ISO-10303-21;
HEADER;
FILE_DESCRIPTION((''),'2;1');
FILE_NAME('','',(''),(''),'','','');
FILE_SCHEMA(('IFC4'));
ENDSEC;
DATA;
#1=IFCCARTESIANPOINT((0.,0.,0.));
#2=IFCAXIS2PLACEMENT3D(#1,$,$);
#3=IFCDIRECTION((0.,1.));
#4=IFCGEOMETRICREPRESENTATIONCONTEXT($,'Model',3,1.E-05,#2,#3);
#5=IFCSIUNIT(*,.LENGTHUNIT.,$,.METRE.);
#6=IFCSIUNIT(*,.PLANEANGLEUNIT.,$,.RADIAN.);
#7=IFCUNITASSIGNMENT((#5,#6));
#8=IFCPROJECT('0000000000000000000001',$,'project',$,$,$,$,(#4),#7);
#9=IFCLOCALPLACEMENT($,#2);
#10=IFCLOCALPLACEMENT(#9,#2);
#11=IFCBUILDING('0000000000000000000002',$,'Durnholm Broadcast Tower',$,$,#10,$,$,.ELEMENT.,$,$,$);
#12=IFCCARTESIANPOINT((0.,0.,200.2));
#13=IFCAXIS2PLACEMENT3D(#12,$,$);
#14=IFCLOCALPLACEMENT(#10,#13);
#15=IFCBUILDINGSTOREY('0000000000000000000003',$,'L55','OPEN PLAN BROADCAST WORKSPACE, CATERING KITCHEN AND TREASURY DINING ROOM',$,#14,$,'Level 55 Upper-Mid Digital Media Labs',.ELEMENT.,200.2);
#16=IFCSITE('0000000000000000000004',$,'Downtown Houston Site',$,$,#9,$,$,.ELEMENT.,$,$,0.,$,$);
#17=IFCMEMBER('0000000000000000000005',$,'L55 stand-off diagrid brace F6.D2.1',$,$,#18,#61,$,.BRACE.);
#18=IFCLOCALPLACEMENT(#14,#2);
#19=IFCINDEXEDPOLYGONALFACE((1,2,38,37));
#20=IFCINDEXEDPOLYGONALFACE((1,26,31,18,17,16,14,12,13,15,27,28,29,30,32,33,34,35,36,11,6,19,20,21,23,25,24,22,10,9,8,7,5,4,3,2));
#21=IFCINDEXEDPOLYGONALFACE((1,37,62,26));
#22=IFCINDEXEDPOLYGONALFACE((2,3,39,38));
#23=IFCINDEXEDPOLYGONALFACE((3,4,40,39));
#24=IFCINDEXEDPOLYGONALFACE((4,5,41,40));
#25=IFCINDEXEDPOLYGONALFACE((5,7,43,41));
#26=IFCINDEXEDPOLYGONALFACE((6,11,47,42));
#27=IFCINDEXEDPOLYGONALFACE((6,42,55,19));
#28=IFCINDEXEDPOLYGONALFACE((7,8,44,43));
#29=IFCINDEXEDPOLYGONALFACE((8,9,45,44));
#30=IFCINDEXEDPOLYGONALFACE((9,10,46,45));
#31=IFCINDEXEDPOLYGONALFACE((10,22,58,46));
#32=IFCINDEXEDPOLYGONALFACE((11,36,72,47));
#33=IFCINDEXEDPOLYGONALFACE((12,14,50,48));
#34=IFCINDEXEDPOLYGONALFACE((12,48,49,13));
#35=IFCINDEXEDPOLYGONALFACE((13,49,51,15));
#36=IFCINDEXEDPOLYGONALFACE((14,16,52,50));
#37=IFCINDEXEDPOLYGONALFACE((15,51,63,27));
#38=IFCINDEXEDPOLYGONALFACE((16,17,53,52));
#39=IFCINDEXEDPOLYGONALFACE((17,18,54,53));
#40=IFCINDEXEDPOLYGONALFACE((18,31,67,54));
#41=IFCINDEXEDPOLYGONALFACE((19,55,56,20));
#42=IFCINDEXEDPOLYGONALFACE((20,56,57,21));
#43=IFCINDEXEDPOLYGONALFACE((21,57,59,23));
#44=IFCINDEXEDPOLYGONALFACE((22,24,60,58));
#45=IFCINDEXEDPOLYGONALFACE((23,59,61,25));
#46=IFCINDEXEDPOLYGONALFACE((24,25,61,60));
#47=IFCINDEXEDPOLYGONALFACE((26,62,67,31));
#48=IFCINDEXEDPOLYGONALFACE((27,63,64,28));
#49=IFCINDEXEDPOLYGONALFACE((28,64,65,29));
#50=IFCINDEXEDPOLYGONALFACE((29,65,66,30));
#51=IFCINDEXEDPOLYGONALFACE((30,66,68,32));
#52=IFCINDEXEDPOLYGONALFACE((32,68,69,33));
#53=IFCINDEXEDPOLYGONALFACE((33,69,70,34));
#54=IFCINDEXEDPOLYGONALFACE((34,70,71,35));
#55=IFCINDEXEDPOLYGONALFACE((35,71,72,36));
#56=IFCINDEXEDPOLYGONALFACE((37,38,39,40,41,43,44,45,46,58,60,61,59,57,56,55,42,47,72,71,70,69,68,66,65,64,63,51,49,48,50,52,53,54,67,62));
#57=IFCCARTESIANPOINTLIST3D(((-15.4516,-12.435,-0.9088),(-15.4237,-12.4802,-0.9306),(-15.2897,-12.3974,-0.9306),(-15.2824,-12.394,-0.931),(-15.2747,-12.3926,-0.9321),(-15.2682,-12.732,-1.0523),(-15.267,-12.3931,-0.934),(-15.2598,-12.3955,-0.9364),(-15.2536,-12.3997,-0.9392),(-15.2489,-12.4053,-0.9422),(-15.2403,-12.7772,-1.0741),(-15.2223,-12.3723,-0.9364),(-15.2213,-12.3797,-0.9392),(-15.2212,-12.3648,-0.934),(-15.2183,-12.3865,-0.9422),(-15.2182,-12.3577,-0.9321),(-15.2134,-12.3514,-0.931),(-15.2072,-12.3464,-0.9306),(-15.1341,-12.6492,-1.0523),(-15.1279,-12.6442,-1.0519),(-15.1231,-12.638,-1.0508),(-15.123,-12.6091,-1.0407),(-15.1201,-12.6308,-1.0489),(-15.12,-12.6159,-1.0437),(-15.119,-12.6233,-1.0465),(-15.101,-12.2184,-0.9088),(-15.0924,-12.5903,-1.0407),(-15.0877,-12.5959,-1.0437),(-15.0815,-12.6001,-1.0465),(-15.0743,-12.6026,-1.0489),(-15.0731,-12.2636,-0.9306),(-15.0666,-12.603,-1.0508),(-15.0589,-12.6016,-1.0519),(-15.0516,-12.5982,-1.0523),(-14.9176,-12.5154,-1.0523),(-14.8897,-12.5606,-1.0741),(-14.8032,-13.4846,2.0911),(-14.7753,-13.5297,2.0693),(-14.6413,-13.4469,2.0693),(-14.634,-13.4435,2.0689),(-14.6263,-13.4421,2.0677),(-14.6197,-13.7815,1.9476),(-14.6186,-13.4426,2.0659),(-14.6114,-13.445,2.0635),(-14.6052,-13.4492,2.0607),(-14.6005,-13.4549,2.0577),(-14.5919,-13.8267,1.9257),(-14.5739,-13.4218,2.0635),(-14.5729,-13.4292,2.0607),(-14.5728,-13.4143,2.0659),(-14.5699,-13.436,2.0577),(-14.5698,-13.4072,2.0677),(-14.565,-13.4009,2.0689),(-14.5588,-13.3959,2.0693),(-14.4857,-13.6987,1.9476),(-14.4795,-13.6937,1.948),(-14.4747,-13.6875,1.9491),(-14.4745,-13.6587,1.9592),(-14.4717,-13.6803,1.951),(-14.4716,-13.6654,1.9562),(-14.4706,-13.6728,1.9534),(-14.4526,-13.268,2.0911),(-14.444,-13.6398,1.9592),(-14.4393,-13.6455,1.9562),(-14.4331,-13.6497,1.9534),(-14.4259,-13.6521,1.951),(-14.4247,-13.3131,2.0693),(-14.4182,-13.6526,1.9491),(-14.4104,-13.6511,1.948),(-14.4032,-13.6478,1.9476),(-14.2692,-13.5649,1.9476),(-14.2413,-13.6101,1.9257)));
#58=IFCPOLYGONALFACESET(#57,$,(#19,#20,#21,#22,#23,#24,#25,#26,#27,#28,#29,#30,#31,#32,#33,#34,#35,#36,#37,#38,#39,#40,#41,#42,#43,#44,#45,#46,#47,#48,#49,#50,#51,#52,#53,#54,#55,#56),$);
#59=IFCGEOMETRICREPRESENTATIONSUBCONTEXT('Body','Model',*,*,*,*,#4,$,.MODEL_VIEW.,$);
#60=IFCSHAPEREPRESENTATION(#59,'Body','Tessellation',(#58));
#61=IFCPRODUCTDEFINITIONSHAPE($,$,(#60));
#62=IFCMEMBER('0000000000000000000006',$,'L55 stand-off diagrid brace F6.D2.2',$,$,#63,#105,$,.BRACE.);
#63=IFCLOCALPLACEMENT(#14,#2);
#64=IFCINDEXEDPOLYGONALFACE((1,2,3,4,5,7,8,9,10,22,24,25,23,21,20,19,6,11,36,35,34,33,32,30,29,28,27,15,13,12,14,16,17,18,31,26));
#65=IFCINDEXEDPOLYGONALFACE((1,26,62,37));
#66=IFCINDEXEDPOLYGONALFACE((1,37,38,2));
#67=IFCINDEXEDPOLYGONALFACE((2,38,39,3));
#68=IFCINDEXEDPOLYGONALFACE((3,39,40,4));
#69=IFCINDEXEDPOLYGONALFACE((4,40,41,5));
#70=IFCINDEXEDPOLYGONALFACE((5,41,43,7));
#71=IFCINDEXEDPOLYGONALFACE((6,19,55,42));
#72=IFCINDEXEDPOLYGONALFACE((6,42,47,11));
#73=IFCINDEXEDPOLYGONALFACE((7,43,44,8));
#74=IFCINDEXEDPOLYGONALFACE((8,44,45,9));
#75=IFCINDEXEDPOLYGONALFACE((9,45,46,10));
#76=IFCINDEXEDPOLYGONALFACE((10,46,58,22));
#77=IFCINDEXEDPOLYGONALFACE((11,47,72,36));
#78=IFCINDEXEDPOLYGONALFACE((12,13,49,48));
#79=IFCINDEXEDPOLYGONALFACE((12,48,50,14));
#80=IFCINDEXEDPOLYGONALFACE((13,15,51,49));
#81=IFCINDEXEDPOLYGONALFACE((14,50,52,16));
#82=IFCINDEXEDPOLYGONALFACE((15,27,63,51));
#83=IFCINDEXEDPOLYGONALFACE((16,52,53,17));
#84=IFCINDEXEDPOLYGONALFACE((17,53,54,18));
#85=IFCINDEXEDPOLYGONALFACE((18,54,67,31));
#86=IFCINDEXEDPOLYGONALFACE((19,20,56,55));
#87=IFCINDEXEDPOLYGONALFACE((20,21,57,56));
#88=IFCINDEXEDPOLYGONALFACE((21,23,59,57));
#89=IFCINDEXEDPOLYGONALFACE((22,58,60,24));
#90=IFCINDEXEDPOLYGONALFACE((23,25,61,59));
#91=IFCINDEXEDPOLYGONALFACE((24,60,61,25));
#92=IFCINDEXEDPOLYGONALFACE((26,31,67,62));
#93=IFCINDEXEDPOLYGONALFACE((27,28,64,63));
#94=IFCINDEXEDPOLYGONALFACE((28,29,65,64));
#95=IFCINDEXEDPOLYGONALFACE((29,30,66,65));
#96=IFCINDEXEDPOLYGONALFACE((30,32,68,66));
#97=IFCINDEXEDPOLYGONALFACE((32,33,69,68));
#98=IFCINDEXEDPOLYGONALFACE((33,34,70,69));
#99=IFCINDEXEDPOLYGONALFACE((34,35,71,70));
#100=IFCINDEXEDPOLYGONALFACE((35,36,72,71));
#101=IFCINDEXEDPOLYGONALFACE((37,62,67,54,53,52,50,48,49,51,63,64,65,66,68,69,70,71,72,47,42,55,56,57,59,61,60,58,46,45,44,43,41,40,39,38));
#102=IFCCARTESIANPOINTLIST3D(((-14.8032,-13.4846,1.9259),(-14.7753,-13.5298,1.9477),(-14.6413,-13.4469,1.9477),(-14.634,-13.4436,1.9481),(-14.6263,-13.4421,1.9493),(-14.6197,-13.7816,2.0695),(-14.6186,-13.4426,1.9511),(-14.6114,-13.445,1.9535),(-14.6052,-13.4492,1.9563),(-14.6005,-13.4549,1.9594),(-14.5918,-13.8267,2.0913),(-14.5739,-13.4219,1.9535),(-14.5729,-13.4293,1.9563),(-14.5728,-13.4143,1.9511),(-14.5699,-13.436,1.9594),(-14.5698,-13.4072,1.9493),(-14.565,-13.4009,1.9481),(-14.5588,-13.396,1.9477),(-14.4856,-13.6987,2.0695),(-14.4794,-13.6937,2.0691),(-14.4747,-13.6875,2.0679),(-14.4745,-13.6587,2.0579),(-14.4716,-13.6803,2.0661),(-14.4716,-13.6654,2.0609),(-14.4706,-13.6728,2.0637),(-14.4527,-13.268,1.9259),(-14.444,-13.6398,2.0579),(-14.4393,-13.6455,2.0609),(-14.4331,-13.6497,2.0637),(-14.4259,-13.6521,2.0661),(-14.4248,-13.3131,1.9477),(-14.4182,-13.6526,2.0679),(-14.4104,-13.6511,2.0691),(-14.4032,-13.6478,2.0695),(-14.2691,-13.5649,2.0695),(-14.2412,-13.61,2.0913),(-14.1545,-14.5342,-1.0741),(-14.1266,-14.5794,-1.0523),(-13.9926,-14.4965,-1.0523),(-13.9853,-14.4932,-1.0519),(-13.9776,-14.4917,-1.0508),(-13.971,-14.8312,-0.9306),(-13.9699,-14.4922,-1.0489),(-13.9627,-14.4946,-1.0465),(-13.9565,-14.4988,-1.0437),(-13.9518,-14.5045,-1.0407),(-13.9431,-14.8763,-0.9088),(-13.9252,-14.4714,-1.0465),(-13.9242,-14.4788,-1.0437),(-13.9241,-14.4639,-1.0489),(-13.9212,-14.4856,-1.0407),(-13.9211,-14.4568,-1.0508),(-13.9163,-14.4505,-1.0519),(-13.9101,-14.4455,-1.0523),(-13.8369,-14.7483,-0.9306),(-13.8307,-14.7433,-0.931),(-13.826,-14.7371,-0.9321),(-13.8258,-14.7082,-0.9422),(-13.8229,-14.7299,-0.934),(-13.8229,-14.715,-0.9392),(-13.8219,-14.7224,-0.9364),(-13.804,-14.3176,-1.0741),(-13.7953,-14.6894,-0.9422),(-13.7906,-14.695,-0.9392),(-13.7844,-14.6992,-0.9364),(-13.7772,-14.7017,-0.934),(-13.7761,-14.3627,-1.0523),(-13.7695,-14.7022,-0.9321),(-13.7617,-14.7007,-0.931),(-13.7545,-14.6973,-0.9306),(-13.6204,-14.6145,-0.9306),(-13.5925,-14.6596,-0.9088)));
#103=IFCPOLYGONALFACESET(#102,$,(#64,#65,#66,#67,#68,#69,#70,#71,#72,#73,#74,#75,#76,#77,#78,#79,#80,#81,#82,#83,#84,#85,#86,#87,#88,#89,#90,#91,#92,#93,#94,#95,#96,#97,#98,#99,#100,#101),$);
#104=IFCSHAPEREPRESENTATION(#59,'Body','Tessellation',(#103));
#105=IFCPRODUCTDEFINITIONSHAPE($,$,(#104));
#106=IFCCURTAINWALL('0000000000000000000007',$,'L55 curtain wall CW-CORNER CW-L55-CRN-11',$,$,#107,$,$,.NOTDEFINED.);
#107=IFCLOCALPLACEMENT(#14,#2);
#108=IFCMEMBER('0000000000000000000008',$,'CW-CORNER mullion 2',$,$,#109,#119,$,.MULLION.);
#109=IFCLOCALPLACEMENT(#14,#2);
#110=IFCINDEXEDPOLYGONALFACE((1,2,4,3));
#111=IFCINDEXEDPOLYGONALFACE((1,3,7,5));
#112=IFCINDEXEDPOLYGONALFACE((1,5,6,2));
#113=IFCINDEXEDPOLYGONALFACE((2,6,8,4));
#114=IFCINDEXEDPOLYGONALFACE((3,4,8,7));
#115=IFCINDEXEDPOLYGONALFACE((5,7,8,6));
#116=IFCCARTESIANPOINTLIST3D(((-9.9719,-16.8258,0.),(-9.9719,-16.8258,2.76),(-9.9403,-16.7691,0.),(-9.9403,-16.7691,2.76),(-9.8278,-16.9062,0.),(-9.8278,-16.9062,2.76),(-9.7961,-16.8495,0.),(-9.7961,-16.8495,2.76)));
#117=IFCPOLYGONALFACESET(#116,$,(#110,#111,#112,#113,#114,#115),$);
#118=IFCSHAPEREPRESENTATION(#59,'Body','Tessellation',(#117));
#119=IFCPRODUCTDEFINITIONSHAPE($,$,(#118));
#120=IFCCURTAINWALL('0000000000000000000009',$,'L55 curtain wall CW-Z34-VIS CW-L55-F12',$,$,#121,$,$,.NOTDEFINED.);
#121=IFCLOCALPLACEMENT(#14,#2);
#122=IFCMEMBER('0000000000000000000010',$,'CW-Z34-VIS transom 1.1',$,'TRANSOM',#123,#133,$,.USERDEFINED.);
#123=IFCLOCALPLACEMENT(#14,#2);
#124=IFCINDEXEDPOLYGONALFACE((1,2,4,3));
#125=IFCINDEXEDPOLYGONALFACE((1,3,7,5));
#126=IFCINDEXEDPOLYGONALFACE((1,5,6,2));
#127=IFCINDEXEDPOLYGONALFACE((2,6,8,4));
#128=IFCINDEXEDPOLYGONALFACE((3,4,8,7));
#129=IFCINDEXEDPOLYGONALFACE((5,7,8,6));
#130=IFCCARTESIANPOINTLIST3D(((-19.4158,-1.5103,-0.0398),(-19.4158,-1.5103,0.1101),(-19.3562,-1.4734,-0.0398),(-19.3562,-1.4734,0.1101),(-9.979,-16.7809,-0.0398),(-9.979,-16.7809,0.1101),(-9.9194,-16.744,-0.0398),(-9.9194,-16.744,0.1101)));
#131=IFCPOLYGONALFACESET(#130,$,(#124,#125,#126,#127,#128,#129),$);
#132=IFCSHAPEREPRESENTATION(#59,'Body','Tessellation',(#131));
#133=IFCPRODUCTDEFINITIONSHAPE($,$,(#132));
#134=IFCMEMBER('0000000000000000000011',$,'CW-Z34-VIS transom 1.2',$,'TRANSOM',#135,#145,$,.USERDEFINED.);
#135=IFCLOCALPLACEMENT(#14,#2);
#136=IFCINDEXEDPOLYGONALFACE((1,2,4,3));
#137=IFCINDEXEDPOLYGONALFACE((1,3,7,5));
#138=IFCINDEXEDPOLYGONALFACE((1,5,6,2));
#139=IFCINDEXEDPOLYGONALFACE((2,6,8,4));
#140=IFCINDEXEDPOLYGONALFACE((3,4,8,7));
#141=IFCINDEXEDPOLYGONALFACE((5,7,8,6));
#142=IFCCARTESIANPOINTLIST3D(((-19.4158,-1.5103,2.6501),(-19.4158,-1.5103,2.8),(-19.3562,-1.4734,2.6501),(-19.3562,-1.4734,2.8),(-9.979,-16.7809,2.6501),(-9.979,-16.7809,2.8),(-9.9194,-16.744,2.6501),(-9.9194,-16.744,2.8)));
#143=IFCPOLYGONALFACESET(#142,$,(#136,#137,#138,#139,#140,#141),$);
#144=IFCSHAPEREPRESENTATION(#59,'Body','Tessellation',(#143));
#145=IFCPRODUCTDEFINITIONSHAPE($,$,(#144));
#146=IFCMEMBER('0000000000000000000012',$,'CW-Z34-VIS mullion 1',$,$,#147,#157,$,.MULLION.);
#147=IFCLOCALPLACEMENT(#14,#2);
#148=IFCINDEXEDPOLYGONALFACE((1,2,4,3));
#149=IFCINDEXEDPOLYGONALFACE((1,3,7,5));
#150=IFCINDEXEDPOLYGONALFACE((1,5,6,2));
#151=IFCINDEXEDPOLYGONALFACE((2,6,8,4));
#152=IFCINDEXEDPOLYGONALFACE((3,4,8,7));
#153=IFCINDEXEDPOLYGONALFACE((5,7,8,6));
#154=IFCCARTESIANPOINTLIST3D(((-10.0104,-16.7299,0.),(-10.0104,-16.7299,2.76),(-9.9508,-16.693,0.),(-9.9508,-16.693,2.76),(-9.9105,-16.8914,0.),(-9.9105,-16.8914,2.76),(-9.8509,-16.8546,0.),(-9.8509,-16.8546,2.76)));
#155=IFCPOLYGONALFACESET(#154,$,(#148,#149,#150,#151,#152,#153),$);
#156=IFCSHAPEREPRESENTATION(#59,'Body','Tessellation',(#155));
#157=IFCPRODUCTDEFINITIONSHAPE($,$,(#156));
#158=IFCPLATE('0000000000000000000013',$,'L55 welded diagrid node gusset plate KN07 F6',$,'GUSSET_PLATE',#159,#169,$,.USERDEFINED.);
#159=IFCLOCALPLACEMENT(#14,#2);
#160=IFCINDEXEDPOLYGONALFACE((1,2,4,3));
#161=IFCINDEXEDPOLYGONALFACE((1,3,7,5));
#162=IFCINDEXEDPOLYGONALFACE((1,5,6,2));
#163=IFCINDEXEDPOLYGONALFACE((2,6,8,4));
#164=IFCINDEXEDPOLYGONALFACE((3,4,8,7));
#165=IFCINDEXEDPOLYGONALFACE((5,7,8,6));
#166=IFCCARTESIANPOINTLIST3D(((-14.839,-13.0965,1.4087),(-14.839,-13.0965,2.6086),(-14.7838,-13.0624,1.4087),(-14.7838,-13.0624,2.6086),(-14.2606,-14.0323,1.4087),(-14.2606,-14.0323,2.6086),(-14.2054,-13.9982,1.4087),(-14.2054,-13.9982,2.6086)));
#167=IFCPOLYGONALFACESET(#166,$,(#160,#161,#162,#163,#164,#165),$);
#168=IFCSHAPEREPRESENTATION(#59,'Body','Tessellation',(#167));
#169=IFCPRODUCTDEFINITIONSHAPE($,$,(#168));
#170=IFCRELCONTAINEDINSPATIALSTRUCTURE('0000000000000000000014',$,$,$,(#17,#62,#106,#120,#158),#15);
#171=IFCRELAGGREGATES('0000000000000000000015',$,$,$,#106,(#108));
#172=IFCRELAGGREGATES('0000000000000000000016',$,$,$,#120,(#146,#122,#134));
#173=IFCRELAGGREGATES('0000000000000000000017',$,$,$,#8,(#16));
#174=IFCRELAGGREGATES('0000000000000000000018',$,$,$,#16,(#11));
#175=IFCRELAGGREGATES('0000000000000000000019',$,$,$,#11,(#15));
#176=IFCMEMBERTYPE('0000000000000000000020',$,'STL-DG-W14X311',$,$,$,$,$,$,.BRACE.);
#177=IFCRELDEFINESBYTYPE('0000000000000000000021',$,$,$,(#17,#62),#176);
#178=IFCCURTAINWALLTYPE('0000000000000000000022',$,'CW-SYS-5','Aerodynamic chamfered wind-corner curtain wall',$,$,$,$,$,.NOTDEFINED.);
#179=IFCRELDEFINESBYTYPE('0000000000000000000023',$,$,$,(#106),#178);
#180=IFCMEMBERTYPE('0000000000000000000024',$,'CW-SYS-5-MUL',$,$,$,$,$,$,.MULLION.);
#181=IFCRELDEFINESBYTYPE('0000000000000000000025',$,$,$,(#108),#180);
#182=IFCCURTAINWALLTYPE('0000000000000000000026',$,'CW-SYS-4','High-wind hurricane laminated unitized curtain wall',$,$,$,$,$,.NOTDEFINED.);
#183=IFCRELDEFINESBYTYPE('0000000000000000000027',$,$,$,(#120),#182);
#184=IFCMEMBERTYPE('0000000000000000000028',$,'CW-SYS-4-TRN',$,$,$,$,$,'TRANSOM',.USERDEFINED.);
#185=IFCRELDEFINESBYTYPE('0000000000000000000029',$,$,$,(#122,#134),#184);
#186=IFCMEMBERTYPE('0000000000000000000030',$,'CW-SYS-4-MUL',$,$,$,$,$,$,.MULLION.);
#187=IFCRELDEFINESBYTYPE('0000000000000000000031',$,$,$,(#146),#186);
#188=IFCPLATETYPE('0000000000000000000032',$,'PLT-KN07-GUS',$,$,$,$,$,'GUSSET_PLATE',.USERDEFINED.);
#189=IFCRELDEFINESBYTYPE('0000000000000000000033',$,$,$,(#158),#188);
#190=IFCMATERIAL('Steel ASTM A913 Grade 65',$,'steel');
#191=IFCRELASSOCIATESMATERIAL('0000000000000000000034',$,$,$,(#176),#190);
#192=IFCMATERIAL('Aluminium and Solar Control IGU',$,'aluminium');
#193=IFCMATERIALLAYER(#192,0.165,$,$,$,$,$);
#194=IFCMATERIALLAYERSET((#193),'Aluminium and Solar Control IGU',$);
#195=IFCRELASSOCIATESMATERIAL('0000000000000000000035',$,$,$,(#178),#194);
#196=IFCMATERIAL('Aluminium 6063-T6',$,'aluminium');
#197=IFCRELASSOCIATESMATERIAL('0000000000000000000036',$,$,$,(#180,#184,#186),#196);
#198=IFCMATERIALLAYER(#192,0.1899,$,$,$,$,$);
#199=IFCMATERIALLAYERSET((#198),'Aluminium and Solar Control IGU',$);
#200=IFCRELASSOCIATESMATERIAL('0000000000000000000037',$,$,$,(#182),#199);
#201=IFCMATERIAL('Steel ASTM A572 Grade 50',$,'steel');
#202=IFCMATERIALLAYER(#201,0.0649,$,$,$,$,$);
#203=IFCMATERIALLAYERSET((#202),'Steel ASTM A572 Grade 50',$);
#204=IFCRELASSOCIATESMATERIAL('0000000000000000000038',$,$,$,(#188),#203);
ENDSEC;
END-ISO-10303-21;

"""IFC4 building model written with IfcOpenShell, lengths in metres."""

from ifc_helpers import new_model, si_unit, direction, frame, origin, origin_2d, place, context, subcontext, project, spatial, rectangle, i_section, extrude, source, transform, mapped, material, layer, layer_set, material_profile, profile_set, type_object, type_shapes, element, aggregate, save


model = new_model("IFC4")

# Units and contexts
model_context = context("Model", 3, precision=1e-05, world=origin(), true_north=direction((0.0, 1.0)))
body_context = subcontext(model_context, "Body", "Model", "MODEL_VIEW")
ifc_project = project(units=[si_unit("LENGTHUNIT", "METRE"), si_unit("PLANEANGLEUNIT", "RADIAN")], contexts=[model_context])

# Site, building, storey
site_placement = place(None, origin())
site = spatial("IfcSite", under=ifc_project, at=site_placement, Name="Downtown Houston Site", CompositionType="ELEMENT", RefElevation=0.0)
building_placement = place(site_placement, origin())
building = spatial("IfcBuilding", under=site, at=building_placement, Name="Durnholm Broadcast Tower", CompositionType="ELEMENT")
storey_placement = place(building_placement, frame((0.0, 0.0, 200.2)))
storey = spatial("IfcBuildingStorey", under=building, at=storey_placement, Name="L55", Description="OPEN PLAN BROADCAST WORKSPACE, CATERING KITCHEN AND TREASURY DINING ROOM", LongName="Level 55 Upper-Mid Digital Media Labs", CompositionType="ELEMENT", Elevation=200.2)

# Members
ifc_material_1 = material(Name="Steel ASTM A913 Grade 65", Category="steel")
ifc_material_profile_1 = material_profile(ifc_material_1, i_section(OverallWidth=0.4121, OverallDepth=0.4348, WebThickness=0.0359, FlangeThickness=0.0574, FilletRadius=0.0305, at=origin_2d()), Name="W14X311")
ifc_profile_set_1 = profile_set([ifc_material_profile_1], Name="Steel ASTM A913 Grade 65")
member_type_1 = type_object("IfcMemberType", Name="STL-DG-W14X311", PredefinedType="BRACE", material=ifc_profile_set_1)
shared_shape_1 = source(origin(), body_context, "Body", "SweptSolid", [
    extrude(i_section(OverallWidth=0.4121, OverallDepth=0.4348, WebThickness=0.0359, FlangeThickness=0.0574, FilletRadius=0.0305, at=origin_2d()), origin(), (0.0, 0.0, 1.0), 3.2437),
])
member_1_placement = place(storey_placement, frame((-15.1707, -12.4978, -0.9915), z_axis=(0.199902, -0.323562, 0.92485), x_axis=(0.850733, 0.525598, 0.0)))
element("IfcMember", 1, at=member_1_placement, inside=storey, type_object=member_type_1, Name="L55 stand-off diagrid brace F6.D2.1", PredefinedType="BRACE", context=body_context, shape_type="MappedRepresentation", body=[
    mapped(shared_shape_1, transform((0.0, 0.0, 0.0), x_axis=(1.0, 0.0, 0.0), y_axis=(0.0, 1.0, 0.0), z_axis=(0.0, 0.0, 1.0), scale=1.0)),
])
shared_shape_2 = source(origin(), body_context, "Body", "SweptSolid", [
    extrude(i_section(OverallWidth=0.4121, OverallDepth=0.4348, WebThickness=0.0359, FlangeThickness=0.0574, FilletRadius=0.0305, at=origin_2d()), origin(), (0.0, 0.0, 1.0), 3.2439),
])
type_shapes(member_type_1, [shared_shape_1, shared_shape_2])
member_2_placement = place(storey_placement, frame((-13.8735, -14.5969, -0.9915), z_axis=(-0.199975, 0.323557, 0.924836), x_axis=(-0.850644, -0.525741, 0.0)))
element("IfcMember", 2, at=member_2_placement, inside=storey, type_object=member_type_1, Name="L55 stand-off diagrid brace F6.D2.2", PredefinedType="BRACE", context=body_context, shape_type="MappedRepresentation", body=[
    mapped(shared_shape_2, transform((0.0, 0.0, 0.0), x_axis=(1.0, 0.0, 0.0), y_axis=(0.0, 1.0, 0.0), z_axis=(0.0, 0.0, 1.0), scale=1.0)),
])

# Curtain wall, member
ifc_material_2 = material(Name="Aluminium and Solar Control IGU", Category="aluminium")
ifc_layer_1 = layer(ifc_material_2, 0.165)
ifc_layer_set_1 = layer_set([ifc_layer_1], Name="Aluminium and Solar Control IGU")
curtain_wall_type_1 = type_object("IfcCurtainWallType", Name="CW-SYS-5", Description="Aerodynamic chamfered wind-corner curtain wall", PredefinedType="NOTDEFINED", material=ifc_layer_set_1)
curtain_wall_1_placement = place(storey_placement, origin())
curtain_wall_1 = element("IfcCurtainWall", 3, at=curtain_wall_1_placement, inside=storey, type_object=curtain_wall_type_1, Name="L55 curtain wall CW-CORNER CW-L55-CRN-11", PredefinedType="NOTDEFINED")
ifc_material_3 = material(Name="Aluminium 6063-T6", Category="aluminium")
ifc_material_profile_2 = material_profile(ifc_material_3, rectangle(XDim=0.0649, YDim=0.165, at=origin_2d()), Name="CWM65X165")
ifc_profile_set_2 = profile_set([ifc_material_profile_2], Name="Aluminium 6063-T6")
member_type_2 = type_object("IfcMemberType", Name="CW-SYS-5-MUL", PredefinedType="MULLION", material=ifc_profile_set_2)
shared_shape_3 = source(origin(), body_context, "Body", "SweptSolid", [
    extrude(rectangle(XDim=0.0649, YDim=0.165, at=origin_2d()), origin(), (0.0, 0.0, 1.0), 2.76),
])
type_shapes(member_type_2, [shared_shape_3])
member_3_placement = place(storey_placement, frame((-9.884, -16.8376, 0.0), z_axis=(0.0, 0.0, 1.0), x_axis=(-0.486986, -0.87341, 0.0)))
member_3 = element("IfcMember", 4, at=member_3_placement, type_object=member_type_2, Name="CW-CORNER mullion 2", PredefinedType="MULLION", context=body_context, shape_type="MappedRepresentation", body=[
    mapped(shared_shape_3, transform((0.0, 0.0, 0.0), x_axis=(1.0, 0.0, 0.0), y_axis=(0.0, 1.0, 0.0), z_axis=(0.0, 0.0, 1.0), scale=1.0)),
])
aggregate(curtain_wall_1, [member_3])

# Curtain wall, members
ifc_layer_2 = layer(ifc_material_2, 0.1899)
ifc_layer_set_2 = layer_set([ifc_layer_2], Name="Aluminium and Solar Control IGU")
curtain_wall_type_2 = type_object("IfcCurtainWallType", Name="CW-SYS-4", Description="High-wind hurricane laminated unitized curtain wall", PredefinedType="NOTDEFINED", material=ifc_layer_set_2)
curtain_wall_2_placement = place(storey_placement, origin())
curtain_wall_2 = element("IfcCurtainWall", 5, at=curtain_wall_2_placement, inside=storey, type_object=curtain_wall_type_2, Name="L55 curtain wall CW-Z34-VIS CW-L55-F12", PredefinedType="NOTDEFINED")
ifc_material_profile_3 = material_profile(ifc_material_3, rectangle(XDim=0.0701, YDim=0.1499, at=origin_2d()), Name="CWT70X150")
ifc_profile_set_3 = profile_set([ifc_material_profile_3], Name="Aluminium 6063-T6")
member_type_3 = type_object("IfcMemberType", Name="CW-SYS-4-TRN", ElementType="TRANSOM", PredefinedType="USERDEFINED", material=ifc_profile_set_3)
shared_shape_4 = source(origin(), body_context, "Body", "SweptSolid", [
    extrude(rectangle(XDim=0.0701, YDim=0.1499, at=origin_2d()), origin(), (0.0, 0.0, 1.0), 17.9512),
])
type_shapes(member_type_3, [shared_shape_4])
member_4_placement = place(storey_placement, frame((-9.9492, -16.7625, 0.0352), z_axis=(-0.525694, 0.850674, 0.0), x_axis=(-0.850674, -0.525694, 0.0)))
member_4 = element("IfcMember", 6, at=member_4_placement, type_object=member_type_3, Name="CW-Z34-VIS transom 1.1", ObjectType="TRANSOM", PredefinedType="USERDEFINED", context=body_context, shape_type="MappedRepresentation", body=[
    mapped(shared_shape_4, transform((0.0, 0.0, 0.0), x_axis=(1.0, 0.0, 0.0), y_axis=(0.0, 1.0, 0.0), z_axis=(0.0, 0.0, 1.0), scale=1.0)),
])
member_5_placement = place(storey_placement, frame((-9.9492, -16.7625, 2.7251), z_axis=(-0.525694, 0.850674, 0.0), x_axis=(-0.850674, -0.525694, 0.0)))
member_5 = element("IfcMember", 7, at=member_5_placement, type_object=member_type_3, Name="CW-Z34-VIS transom 1.2", ObjectType="TRANSOM", PredefinedType="USERDEFINED", context=body_context, shape_type="MappedRepresentation", body=[
    mapped(shared_shape_4, transform((0.0, 0.0, 0.0), x_axis=(1.0, 0.0, 0.0), y_axis=(0.0, 1.0, 0.0), z_axis=(0.0, 0.0, 1.0), scale=1.0)),
])
ifc_material_profile_4 = material_profile(ifc_material_3, rectangle(XDim=0.0701, YDim=0.1899, at=origin_2d()), Name="CWM70X190")
ifc_profile_set_4 = profile_set([ifc_material_profile_4], Name="Aluminium 6063-T6")
member_type_4 = type_object("IfcMemberType", Name="CW-SYS-4-MUL", PredefinedType="MULLION", material=ifc_profile_set_4)
shared_shape_5 = source(origin(), body_context, "Body", "SweptSolid", [
    extrude(rectangle(XDim=0.0701, YDim=0.1899, at=origin_2d()), origin(), (0.0, 0.0, 1.0), 2.76),
])
type_shapes(member_type_4, [shared_shape_5])
member_6_placement = place(storey_placement, frame((-9.9307, -16.7922, 0.0), z_axis=(0.0, 0.0, 1.0), x_axis=(-0.850671, -0.525698, 0.0)))
member_6 = element("IfcMember", 8, at=member_6_placement, type_object=member_type_4, Name="CW-Z34-VIS mullion 1", PredefinedType="MULLION", context=body_context, shape_type="MappedRepresentation", body=[
    mapped(shared_shape_5, transform((0.0, 0.0, 0.0), x_axis=(1.0, 0.0, 0.0), y_axis=(0.0, 1.0, 0.0), z_axis=(0.0, 0.0, 1.0), scale=1.0)),
])

# Plate
ifc_material_4 = material(Name="Steel ASTM A572 Grade 50", Category="steel")
ifc_layer_3 = layer(ifc_material_4, 0.0649)
ifc_layer_set_3 = layer_set([ifc_layer_3], Name="Steel ASTM A572 Grade 50")
plate_type_1 = type_object("IfcPlateType", Name="PLT-KN07-GUS", ElementType="GUSSET_PLATE", PredefinedType="USERDEFINED", material=ifc_layer_set_3)
shared_shape_6 = source(origin(), body_context, "Body", "SweptSolid", [
    extrude(rectangle(XDim=1.1001, YDim=0.0649, at=origin_2d()), origin(), (0.0, 0.0, 1.0), 1.2),
])
type_shapes(plate_type_1, [shared_shape_6])
plate_1_placement = place(storey_placement, frame((-14.5222, -13.5474, 1.4087), z_axis=(0.0, 0.0, 1.0), x_axis=(0.525769, -0.850628, 0.0)))
element("IfcPlate", 9, at=plate_1_placement, inside=storey, type_object=plate_type_1, Name="L55 welded diagrid node gusset plate KN07 F6", ObjectType="GUSSET_PLATE", PredefinedType="USERDEFINED", context=body_context, shape_type="MappedRepresentation", body=[
    mapped(shared_shape_6, transform((0.0, 0.0, 0.0), x_axis=(1.0, 0.0, 0.0), y_axis=(0.0, 1.0, 0.0), z_axis=(0.0, 0.0, 1.0), scale=1.0)),
])
aggregate(curtain_wall_2, [member_6, member_4, member_5])

save(model, "model.ifc")
